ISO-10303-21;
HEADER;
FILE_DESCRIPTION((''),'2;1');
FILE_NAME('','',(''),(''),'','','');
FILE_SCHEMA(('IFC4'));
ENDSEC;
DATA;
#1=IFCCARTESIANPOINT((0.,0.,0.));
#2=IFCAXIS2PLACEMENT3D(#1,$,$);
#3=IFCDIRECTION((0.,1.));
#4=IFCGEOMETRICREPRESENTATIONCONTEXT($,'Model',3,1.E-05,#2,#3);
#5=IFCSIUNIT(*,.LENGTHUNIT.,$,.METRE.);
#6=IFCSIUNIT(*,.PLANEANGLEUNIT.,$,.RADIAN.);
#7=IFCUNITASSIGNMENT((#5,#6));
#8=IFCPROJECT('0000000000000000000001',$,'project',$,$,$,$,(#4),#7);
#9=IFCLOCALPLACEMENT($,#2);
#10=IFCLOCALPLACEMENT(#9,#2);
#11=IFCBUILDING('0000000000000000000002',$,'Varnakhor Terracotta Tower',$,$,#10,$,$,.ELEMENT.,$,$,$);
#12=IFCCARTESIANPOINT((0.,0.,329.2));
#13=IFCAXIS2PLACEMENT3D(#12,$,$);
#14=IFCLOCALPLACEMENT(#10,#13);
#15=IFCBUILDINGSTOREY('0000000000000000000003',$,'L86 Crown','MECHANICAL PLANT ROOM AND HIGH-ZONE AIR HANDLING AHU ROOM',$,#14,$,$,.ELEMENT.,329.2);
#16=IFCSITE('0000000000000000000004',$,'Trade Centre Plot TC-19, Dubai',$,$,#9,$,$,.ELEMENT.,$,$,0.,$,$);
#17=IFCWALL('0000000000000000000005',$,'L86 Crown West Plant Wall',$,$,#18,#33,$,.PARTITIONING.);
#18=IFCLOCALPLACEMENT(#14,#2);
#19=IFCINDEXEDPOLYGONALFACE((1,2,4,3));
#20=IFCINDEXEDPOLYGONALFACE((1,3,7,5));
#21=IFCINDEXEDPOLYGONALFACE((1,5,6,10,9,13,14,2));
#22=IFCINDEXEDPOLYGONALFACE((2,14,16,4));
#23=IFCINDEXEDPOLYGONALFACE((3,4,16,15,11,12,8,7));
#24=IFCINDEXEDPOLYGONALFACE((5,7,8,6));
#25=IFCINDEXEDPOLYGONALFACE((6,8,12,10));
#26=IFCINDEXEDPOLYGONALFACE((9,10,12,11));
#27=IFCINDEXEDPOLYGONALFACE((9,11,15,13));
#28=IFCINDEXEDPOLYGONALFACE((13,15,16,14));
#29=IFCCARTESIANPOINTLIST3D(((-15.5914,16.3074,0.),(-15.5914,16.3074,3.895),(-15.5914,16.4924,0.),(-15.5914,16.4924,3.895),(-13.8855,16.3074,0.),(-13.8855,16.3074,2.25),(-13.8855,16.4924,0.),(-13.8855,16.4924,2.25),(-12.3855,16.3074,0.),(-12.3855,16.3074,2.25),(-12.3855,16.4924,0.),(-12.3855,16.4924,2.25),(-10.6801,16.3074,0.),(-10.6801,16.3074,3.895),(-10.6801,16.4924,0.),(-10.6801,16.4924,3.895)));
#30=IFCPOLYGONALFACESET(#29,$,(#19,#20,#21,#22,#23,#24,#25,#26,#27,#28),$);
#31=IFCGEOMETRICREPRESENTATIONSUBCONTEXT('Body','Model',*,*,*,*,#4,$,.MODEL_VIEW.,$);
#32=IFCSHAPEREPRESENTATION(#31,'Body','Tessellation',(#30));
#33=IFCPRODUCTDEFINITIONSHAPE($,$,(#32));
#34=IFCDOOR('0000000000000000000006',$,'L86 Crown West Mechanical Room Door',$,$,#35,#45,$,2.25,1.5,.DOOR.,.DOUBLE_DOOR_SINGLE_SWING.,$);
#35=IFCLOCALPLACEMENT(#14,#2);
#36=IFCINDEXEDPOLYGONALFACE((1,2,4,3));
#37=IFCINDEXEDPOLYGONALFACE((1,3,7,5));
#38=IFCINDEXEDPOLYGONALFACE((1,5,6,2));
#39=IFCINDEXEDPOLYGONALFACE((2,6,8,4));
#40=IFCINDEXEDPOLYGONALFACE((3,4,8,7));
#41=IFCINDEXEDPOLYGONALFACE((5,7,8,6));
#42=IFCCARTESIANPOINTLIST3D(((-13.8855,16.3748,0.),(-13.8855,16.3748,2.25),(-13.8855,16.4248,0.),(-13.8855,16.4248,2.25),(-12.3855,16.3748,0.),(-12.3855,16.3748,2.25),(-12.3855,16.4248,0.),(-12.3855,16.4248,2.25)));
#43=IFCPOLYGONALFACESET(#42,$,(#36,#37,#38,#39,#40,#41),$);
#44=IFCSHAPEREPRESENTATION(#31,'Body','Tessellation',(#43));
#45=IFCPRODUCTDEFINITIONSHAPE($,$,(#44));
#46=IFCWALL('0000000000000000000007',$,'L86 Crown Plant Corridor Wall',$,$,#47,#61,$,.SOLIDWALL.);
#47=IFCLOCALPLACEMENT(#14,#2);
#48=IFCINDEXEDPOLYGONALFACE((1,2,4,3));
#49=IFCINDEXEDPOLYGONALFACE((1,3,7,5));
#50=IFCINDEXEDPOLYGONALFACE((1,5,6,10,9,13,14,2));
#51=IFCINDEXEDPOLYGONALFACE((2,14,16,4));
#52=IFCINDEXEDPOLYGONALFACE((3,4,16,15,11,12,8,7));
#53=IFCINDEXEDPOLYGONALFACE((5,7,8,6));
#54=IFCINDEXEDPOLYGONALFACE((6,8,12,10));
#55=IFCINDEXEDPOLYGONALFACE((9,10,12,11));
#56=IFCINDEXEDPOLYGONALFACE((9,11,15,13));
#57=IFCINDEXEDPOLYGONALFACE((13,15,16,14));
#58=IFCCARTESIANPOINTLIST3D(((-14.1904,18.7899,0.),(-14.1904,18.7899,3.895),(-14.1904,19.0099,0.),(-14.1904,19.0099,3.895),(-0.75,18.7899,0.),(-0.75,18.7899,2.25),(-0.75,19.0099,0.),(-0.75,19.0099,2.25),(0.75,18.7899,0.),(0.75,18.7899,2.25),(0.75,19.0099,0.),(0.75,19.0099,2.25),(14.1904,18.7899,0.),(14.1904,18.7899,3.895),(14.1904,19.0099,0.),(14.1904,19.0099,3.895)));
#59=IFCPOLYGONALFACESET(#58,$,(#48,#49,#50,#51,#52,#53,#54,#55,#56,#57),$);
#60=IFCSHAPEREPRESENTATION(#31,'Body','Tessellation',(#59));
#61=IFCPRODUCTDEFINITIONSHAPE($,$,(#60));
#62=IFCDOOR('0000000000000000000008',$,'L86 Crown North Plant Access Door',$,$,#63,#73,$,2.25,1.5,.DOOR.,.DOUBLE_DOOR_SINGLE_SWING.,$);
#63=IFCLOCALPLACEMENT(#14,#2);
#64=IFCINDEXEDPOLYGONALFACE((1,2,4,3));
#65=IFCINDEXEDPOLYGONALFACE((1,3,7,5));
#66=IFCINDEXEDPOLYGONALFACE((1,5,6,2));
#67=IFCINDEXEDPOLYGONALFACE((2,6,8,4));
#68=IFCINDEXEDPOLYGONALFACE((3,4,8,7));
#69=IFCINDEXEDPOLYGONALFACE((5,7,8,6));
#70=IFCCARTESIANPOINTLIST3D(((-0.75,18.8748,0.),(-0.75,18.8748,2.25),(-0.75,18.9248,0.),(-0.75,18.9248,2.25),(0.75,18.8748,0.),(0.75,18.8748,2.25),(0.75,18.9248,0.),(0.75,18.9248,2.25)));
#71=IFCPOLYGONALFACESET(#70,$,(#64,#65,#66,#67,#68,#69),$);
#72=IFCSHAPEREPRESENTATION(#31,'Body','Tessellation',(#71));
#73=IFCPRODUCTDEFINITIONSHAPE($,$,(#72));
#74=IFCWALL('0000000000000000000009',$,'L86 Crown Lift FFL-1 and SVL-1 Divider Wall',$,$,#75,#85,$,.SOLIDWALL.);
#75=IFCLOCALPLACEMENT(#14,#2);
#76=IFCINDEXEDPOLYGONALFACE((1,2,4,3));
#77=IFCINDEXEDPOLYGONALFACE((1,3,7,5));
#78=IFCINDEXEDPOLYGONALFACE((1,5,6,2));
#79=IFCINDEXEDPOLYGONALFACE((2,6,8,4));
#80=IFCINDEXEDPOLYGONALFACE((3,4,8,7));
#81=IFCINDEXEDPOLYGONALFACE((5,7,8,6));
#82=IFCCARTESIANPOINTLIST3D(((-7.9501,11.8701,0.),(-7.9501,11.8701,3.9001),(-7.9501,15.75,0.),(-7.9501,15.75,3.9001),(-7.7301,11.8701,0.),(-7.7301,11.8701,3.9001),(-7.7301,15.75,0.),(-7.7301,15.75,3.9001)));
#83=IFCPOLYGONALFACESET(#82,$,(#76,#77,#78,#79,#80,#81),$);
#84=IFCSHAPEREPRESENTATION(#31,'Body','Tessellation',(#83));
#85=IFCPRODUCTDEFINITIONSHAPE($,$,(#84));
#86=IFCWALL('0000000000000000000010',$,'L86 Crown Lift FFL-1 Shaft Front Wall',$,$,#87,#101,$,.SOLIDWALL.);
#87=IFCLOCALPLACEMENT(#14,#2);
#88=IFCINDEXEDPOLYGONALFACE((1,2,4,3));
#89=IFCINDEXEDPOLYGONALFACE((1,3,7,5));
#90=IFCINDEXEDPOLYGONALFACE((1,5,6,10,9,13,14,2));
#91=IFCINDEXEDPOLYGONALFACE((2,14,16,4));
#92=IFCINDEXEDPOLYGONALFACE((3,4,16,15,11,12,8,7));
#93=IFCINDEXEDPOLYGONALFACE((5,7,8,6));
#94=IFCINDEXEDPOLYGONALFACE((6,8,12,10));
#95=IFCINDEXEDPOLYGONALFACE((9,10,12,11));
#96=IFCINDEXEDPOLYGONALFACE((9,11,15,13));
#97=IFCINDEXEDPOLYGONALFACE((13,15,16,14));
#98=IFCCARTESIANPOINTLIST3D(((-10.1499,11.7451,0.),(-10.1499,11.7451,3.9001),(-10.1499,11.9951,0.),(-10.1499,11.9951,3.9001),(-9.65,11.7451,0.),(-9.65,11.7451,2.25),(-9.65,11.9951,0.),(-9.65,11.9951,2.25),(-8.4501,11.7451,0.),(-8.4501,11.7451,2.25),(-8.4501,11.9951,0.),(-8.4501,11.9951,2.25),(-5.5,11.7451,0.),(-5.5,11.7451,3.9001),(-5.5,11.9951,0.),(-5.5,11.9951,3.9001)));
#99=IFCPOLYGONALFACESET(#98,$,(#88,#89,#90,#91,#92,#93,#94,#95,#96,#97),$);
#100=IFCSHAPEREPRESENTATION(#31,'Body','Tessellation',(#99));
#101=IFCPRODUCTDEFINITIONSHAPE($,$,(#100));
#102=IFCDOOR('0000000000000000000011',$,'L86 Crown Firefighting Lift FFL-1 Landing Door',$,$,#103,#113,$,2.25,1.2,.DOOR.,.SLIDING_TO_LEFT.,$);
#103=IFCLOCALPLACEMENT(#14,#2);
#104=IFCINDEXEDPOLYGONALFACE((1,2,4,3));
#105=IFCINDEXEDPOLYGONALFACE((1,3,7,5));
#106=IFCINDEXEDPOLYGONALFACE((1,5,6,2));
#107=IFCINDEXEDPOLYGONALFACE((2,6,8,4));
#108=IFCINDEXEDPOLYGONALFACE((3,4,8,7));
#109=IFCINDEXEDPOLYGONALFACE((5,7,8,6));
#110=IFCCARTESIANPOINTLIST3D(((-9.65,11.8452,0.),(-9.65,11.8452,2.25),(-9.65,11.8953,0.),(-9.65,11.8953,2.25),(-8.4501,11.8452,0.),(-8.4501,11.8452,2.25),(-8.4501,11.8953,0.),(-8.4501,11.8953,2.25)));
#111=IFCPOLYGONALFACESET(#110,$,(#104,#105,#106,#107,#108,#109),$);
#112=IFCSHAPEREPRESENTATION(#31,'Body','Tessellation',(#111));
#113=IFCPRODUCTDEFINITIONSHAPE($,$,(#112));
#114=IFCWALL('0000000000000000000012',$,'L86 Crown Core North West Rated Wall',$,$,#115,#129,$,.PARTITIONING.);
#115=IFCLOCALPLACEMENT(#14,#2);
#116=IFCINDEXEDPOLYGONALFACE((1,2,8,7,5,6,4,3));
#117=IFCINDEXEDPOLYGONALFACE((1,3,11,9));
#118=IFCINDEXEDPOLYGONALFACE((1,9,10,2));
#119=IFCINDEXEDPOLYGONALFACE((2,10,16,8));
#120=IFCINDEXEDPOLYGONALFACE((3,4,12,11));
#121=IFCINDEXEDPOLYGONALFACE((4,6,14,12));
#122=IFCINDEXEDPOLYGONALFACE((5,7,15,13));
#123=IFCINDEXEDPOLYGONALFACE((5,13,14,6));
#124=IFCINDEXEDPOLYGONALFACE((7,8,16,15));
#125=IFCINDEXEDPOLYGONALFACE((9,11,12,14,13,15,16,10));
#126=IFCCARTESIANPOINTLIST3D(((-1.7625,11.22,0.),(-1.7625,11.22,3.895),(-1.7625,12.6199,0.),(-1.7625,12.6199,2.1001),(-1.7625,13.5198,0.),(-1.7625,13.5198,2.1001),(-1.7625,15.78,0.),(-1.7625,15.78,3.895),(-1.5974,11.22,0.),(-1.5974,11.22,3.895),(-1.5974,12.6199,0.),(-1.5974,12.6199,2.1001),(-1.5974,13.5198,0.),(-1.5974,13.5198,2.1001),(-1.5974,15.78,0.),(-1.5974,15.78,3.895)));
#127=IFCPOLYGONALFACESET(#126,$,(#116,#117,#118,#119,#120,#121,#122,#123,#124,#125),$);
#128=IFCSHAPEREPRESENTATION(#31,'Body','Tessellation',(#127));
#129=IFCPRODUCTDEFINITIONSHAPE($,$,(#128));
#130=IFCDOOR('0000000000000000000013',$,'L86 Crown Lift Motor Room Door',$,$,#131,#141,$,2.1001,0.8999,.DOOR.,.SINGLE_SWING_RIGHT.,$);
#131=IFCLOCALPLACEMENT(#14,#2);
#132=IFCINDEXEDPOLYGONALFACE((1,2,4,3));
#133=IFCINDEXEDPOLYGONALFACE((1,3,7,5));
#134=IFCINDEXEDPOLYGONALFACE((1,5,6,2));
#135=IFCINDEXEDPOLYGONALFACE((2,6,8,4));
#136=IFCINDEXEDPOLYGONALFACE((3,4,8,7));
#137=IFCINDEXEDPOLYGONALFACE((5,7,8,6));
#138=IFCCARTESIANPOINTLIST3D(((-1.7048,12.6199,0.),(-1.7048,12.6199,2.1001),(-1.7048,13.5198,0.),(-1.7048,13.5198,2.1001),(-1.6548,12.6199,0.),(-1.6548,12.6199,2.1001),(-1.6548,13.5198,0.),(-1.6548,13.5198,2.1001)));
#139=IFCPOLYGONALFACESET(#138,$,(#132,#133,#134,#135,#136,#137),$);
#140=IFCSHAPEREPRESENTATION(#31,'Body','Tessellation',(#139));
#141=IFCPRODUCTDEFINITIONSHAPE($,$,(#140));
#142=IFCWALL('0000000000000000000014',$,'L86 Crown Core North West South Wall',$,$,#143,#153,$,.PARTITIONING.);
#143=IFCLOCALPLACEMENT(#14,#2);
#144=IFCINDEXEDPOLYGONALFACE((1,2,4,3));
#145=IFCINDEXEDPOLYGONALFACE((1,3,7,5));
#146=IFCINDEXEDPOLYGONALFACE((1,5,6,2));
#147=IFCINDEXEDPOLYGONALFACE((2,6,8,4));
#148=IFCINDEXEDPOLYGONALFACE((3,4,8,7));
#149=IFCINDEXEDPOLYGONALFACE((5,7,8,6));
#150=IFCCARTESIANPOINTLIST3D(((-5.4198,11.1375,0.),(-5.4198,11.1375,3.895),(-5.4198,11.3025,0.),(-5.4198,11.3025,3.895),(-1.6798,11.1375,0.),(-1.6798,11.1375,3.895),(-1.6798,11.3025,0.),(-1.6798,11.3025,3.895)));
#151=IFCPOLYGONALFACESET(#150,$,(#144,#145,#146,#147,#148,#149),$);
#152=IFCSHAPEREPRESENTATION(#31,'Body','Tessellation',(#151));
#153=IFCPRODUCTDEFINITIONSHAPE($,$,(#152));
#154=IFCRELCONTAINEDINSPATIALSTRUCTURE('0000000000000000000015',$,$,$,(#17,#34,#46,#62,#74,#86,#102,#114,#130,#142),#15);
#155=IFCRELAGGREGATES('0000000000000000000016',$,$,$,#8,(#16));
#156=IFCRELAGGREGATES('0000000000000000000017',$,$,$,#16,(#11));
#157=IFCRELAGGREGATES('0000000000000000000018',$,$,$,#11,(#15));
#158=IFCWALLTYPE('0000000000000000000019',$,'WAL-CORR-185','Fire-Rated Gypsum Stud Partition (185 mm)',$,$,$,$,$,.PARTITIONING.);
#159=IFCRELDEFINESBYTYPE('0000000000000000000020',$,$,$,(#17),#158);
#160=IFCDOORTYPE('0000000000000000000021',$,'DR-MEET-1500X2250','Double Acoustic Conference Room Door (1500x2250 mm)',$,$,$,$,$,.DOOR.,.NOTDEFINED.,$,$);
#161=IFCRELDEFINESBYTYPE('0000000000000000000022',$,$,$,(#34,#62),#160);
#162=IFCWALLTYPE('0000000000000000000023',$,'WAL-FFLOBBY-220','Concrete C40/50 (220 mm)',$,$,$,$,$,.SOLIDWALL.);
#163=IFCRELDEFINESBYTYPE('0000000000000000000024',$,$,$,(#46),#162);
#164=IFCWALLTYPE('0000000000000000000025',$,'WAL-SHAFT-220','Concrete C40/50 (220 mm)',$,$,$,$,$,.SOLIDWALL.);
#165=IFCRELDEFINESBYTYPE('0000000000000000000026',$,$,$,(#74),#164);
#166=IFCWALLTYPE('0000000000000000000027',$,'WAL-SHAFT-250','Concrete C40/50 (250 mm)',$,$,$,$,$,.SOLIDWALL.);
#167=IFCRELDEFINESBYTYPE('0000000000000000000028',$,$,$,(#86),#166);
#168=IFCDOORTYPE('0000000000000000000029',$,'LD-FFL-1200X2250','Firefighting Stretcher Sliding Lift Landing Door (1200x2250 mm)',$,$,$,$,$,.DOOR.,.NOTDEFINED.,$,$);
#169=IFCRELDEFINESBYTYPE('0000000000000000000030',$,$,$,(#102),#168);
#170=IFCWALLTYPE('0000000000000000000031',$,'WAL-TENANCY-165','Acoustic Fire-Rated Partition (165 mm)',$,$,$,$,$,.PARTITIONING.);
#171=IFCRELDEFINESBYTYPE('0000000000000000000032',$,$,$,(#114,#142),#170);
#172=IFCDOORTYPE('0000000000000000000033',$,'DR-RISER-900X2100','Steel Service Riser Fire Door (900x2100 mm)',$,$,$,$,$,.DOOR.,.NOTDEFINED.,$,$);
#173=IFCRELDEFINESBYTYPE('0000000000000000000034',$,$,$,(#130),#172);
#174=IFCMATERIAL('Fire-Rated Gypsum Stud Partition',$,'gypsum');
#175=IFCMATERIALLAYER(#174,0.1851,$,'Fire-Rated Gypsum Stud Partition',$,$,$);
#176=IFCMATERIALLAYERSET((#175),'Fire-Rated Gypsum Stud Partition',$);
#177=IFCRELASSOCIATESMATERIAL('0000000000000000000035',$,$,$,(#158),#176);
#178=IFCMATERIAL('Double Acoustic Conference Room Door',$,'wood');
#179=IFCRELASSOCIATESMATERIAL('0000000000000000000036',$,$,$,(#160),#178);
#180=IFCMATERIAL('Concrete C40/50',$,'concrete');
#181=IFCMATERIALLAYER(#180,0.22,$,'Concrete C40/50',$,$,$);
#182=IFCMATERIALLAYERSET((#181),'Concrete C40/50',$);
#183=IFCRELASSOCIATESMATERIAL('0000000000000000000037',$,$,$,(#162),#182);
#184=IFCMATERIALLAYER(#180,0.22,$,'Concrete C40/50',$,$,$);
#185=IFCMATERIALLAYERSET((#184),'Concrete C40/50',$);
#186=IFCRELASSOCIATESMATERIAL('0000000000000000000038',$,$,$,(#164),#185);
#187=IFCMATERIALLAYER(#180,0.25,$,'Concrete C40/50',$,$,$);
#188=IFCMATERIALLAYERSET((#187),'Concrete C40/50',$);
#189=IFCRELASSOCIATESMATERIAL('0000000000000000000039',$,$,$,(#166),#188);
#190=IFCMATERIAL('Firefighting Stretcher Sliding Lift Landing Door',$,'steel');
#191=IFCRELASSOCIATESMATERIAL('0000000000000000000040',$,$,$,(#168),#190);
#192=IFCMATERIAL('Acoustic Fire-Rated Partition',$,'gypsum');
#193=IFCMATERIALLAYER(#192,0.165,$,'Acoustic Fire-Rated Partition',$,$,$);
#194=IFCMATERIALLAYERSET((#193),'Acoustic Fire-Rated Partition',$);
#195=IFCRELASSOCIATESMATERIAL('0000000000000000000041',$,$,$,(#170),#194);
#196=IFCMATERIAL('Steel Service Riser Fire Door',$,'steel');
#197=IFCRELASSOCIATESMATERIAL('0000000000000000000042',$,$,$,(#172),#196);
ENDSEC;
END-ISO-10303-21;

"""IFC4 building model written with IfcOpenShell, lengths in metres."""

from ifc_helpers import new_model, si_unit, direction, frame, frame_2d, origin, place, context, subcontext, project, spatial, rectangle, extrude, source, transform, mapped, material, layer, layer_set, type_object, type_shapes, element, fill, save


model = new_model("IFC4")

# Units and contexts
model_context = context("Model", 3, precision=1e-05, world=origin(), true_north=direction((0.0, 1.0)))
body_context = subcontext(model_context, "Body", "Model", "MODEL_VIEW")
ifc_project = project(units=[si_unit("LENGTHUNIT", "METRE"), si_unit("PLANEANGLEUNIT", "RADIAN")], contexts=[model_context])

# Site, building, storey
site_placement = place(None, origin())
site = spatial("IfcSite", under=ifc_project, at=site_placement, Name="Trade Centre Plot TC-19, Dubai", CompositionType="ELEMENT", RefElevation=0.0)
building_placement = place(site_placement, origin())
building = spatial("IfcBuilding", under=site, at=building_placement, Name="Varnakhor Terracotta Tower", CompositionType="ELEMENT")
storey_placement = place(building_placement, frame((0.0, 0.0, 329.2)))
storey = spatial("IfcBuildingStorey", under=building, at=storey_placement, Name="L86 Crown", Description="MECHANICAL PLANT ROOM AND HIGH-ZONE AIR HANDLING AHU ROOM", CompositionType="ELEMENT", Elevation=329.2)

# Walls, openings, doors
ifc_material_1 = material(Name="Fire-Rated Gypsum Stud Partition", Category="gypsum")
ifc_layer_1 = layer(ifc_material_1, 0.1851, Name="Fire-Rated Gypsum Stud Partition")
ifc_layer_set_1 = layer_set([ifc_layer_1], Name="Fire-Rated Gypsum Stud Partition")
wall_type_1 = type_object("IfcWallType", Name="WAL-CORR-185", Description="Fire-Rated Gypsum Stud Partition (185 mm)", PredefinedType="PARTITIONING", material=ifc_layer_set_1)
wall_1_placement = place(storey_placement, frame((-15.5913, 16.3999, 0.0), z_axis=(0.0, 0.0, 1.0), x_axis=(1.0, 0.0, 0.0)))
wall_1 = element("IfcWall", 1, at=wall_1_placement, inside=storey, type_object=wall_type_1, Name="L86 Crown West Plant Wall", PredefinedType="PARTITIONING", context=body_context, shape_type="SweptSolid", body=[
    extrude(rectangle(XDim=4.9114, YDim=0.1851, at=frame_2d((2.4556, 0.0))), origin(), (0.0, 0.0, 1.0), 3.895),
])
opening_1_placement = place(wall_1_placement, frame((1.7058, 0.0, 0.0)))
opening_1 = element("IfcOpeningElement", 2, at=opening_1_placement, cuts=wall_1, PredefinedType="OPENING", context=body_context, shape_type="SweptSolid", body=[
    extrude(rectangle(XDim=1.5, YDim=2.25, at=frame_2d((0.75, 1.125))), frame((0.0, 0.1025, 0.0), z_axis=(0.0, -1.0, 0.0), x_axis=(1.0, 0.0, 0.0)), (0.0, 0.0, 1.0), 0.2051),
])
ifc_material_2 = material(Name="Double Acoustic Conference Room Door", Category="wood")
door_type_1 = type_object("IfcDoorType", Name="DR-MEET-1500X2250", Description="Double Acoustic Conference Room Door (1500x2250 mm)", OperationType="NOTDEFINED", PredefinedType="DOOR", material=ifc_material_2)
shared_shape_1 = source(origin(), body_context, "Body", "SweptSolid", [
    extrude(rectangle(XDim=1.5, YDim=2.25, at=frame_2d((0.75, 1.125))), frame((0.0, 0.0249, 0.0), z_axis=(0.0, -1.0, 0.0), x_axis=(1.0, 0.0, 0.0)), (0.0, 0.0, 1.0), 0.05),
])
type_shapes(door_type_1, [shared_shape_1])
door_1_placement = place(opening_1_placement, origin())
door_1 = element("IfcDoor", 3, at=door_1_placement, inside=storey, type_object=door_type_1, Name="L86 Crown West Mechanical Room Door", OperationType="DOUBLE_DOOR_SINGLE_SWING", OverallHeight=2.25, OverallWidth=1.5, PredefinedType="DOOR", context=body_context, shape_type="MappedRepresentation", body=[
    mapped(shared_shape_1, transform((0.0, 0.0, 0.0), scale=1.0)),
])
fill(opening_1, door_1)
ifc_material_3 = material(Name="Concrete C40/50", Category="concrete")
ifc_layer_2 = layer(ifc_material_3, 0.22, Name="Concrete C40/50")
ifc_layer_set_2 = layer_set([ifc_layer_2], Name="Concrete C40/50")
wall_type_2 = type_object("IfcWallType", Name="WAL-FFLOBBY-220", Description="Concrete C40/50 (220 mm)", PredefinedType="SOLIDWALL", material=ifc_layer_set_2)
wall_2_placement = place(storey_placement, frame((-14.1904, 18.8999, 0.0), z_axis=(0.0, 0.0, 1.0), x_axis=(1.0, 0.0, 0.0)))
wall_2 = element("IfcWall", 4, at=wall_2_placement, inside=storey, type_object=wall_type_2, Name="L86 Crown Plant Corridor Wall", PredefinedType="SOLIDWALL", context=body_context, shape_type="SweptSolid", body=[
    extrude(rectangle(XDim=28.3809, YDim=0.22, at=frame_2d((14.1904, 0.0))), origin(), (0.0, 0.0, 1.0), 3.895),
])
opening_2_placement = place(wall_2_placement, frame((13.4404, 0.0, 0.0)))
opening_2 = element("IfcOpeningElement", 5, at=opening_2_placement, cuts=wall_2, PredefinedType="OPENING", context=body_context, shape_type="SweptSolid", body=[
    extrude(rectangle(XDim=1.5, YDim=2.25, at=frame_2d((0.75, 1.125))), frame((0.0, 0.1201, 0.0), z_axis=(0.0, -1.0, 0.0), x_axis=(1.0, 0.0, 0.0)), (0.0, 0.0, 1.0), 0.24),
])
door_2_placement = place(opening_2_placement, origin())
door_2 = element("IfcDoor", 6, at=door_2_placement, inside=storey, type_object=door_type_1, Name="L86 Crown North Plant Access Door", OperationType="DOUBLE_DOOR_SINGLE_SWING", OverallHeight=2.25, OverallWidth=1.5, PredefinedType="DOOR", context=body_context, shape_type="MappedRepresentation", body=[
    mapped(shared_shape_1, transform((0.0, 0.0, 0.0), scale=1.0)),
])
fill(opening_2, door_2)

# Wall
ifc_layer_3 = layer(ifc_material_3, 0.22, Name="Concrete C40/50")
ifc_layer_set_3 = layer_set([ifc_layer_3], Name="Concrete C40/50")
wall_type_3 = type_object("IfcWallType", Name="WAL-SHAFT-220", Description="Concrete C40/50 (220 mm)", PredefinedType="SOLIDWALL", material=ifc_layer_set_3)
wall_3_placement = place(storey_placement, frame((-7.8401, 11.8701, 0.0), z_axis=(0.0, 0.0, 1.0), x_axis=(0.0, 1.0, 0.0)))
element("IfcWall", 7, at=wall_3_placement, inside=storey, type_object=wall_type_3, Name="L86 Crown Lift FFL-1 and SVL-1 Divider Wall", PredefinedType="SOLIDWALL", context=body_context, shape_type="SweptSolid", body=[
    extrude(rectangle(XDim=3.8799, YDim=0.22, at=frame_2d((1.9399, 0.0))), origin(), (0.0, 0.0, 1.0), 3.9001),
])

# Walls, openings, doors
ifc_layer_4 = layer(ifc_material_3, 0.25, Name="Concrete C40/50")
ifc_layer_set_4 = layer_set([ifc_layer_4], Name="Concrete C40/50")
wall_type_4 = type_object("IfcWallType", Name="WAL-SHAFT-250", Description="Concrete C40/50 (250 mm)", PredefinedType="SOLIDWALL", material=ifc_layer_set_4)
wall_4_placement = place(storey_placement, frame((-5.5, 11.8701, 0.0), z_axis=(0.0, 0.0, 1.0), x_axis=(-1.0, 0.0, 0.0)))
wall_4 = element("IfcWall", 8, at=wall_4_placement, inside=storey, type_object=wall_type_4, Name="L86 Crown Lift FFL-1 Shaft Front Wall", PredefinedType="SOLIDWALL", context=body_context, shape_type="SweptSolid", body=[
    extrude(rectangle(XDim=4.6499, YDim=0.25, at=frame_2d((2.325, 0.0))), origin(), (0.0, 0.0, 1.0), 3.9001),
])
opening_3_placement = place(wall_4_placement, frame((2.95, 0.0, 0.0)))
opening_3 = element("IfcOpeningElement", 9, at=opening_3_placement, cuts=wall_4, PredefinedType="OPENING", context=body_context, shape_type="SweptSolid", body=[
    extrude(rectangle(XDim=1.2, YDim=2.25, at=frame_2d((0.6001, 1.125))), frame((0.0, 0.135, 0.0), z_axis=(0.0, -1.0, 0.0), x_axis=(1.0, 0.0, 0.0)), (0.0, 0.0, 1.0), 0.27),
])
ifc_material_4 = material(Name="Firefighting Stretcher Sliding Lift Landing Door", Category="steel")
door_type_2 = type_object("IfcDoorType", Name="LD-FFL-1200X2250", Description="Firefighting Stretcher Sliding Lift Landing Door (1200x2250 mm)", OperationType="NOTDEFINED", PredefinedType="DOOR", material=ifc_material_4)
shared_shape_2 = source(origin(), body_context, "Body", "SweptSolid", [
    extrude(rectangle(XDim=1.2, YDim=2.25, at=frame_2d((0.6001, 1.125))), frame((0.0, 0.0249, 0.0), z_axis=(0.0, -1.0, 0.0), x_axis=(1.0, 0.0, 0.0)), (0.0, 0.0, 1.0), 0.05),
])
type_shapes(door_type_2, [shared_shape_2])
door_3_placement = place(opening_3_placement, origin())
door_3 = element("IfcDoor", 10, at=door_3_placement, inside=storey, type_object=door_type_2, Name="L86 Crown Firefighting Lift FFL-1 Landing Door", OperationType="SLIDING_TO_LEFT", OverallHeight=2.25, OverallWidth=1.2, PredefinedType="DOOR", context=body_context, shape_type="MappedRepresentation", body=[
    mapped(shared_shape_2, transform((0.0, 0.0, 0.0), scale=1.0)),
])
fill(opening_3, door_3)
ifc_material_5 = material(Name="Acoustic Fire-Rated Partition", Category="gypsum")
ifc_layer_5 = layer(ifc_material_5, 0.165, Name="Acoustic Fire-Rated Partition")
ifc_layer_set_5 = layer_set([ifc_layer_5], Name="Acoustic Fire-Rated Partition")
wall_type_5 = type_object("IfcWallType", Name="WAL-TENANCY-165", Description="Acoustic Fire-Rated Partition (165 mm)", PredefinedType="PARTITIONING", material=ifc_layer_set_5)
wall_5_placement = place(storey_placement, frame((-1.6799, 11.22, 0.0), z_axis=(0.0, 0.0, 1.0), x_axis=(0.0, 1.0, 0.0)))
wall_5 = element("IfcWall", 11, at=wall_5_placement, inside=storey, type_object=wall_type_5, Name="L86 Crown Core North West Rated Wall", PredefinedType="PARTITIONING", context=body_context, shape_type="SweptSolid", body=[
    extrude(rectangle(XDim=4.5601, YDim=0.165, at=frame_2d((2.28, 0.0))), origin(), (0.0, 0.0, 1.0), 3.895),
])
opening_4_placement = place(wall_5_placement, frame((1.3999, 0.0, 0.0)))
opening_4 = element("IfcOpeningElement", 12, at=opening_4_placement, cuts=wall_5, PredefinedType="OPENING", context=body_context, shape_type="SweptSolid", body=[
    extrude(rectangle(XDim=0.8999, YDim=2.1001, at=frame_2d((0.45, 1.05))), frame((0.0, 0.0925, 0.0), z_axis=(0.0, -1.0, 0.0), x_axis=(1.0, 0.0, 0.0)), (0.0, 0.0, 1.0), 0.1851),
])
ifc_material_6 = material(Name="Steel Service Riser Fire Door", Category="steel")
door_type_3 = type_object("IfcDoorType", Name="DR-RISER-900X2100", Description="Steel Service Riser Fire Door (900x2100 mm)", OperationType="NOTDEFINED", PredefinedType="DOOR", material=ifc_material_6)
shared_shape_3 = source(origin(), body_context, "Body", "SweptSolid", [
    extrude(rectangle(XDim=0.8999, YDim=2.1001, at=frame_2d((0.45, 1.05))), frame((0.0, 0.0249, 0.0), z_axis=(0.0, -1.0, 0.0), x_axis=(1.0, 0.0, 0.0)), (0.0, 0.0, 1.0), 0.05),
])
type_shapes(door_type_3, [shared_shape_3])
door_4_placement = place(opening_4_placement, origin())
door_4 = element("IfcDoor", 13, at=door_4_placement, inside=storey, type_object=door_type_3, Name="L86 Crown Lift Motor Room Door", OperationType="SINGLE_SWING_RIGHT", OverallHeight=2.1001, OverallWidth=0.8999, PredefinedType="DOOR", context=body_context, shape_type="MappedRepresentation", body=[
    mapped(shared_shape_3, transform((0.0, 0.0, 0.0), scale=1.0)),
])
fill(opening_4, door_4)

# Wall
wall_6_placement = place(storey_placement, frame((-5.4199, 11.22, 0.0), z_axis=(0.0, 0.0, 1.0), x_axis=(1.0, 0.0, 0.0)))
element("IfcWall", 14, at=wall_6_placement, inside=storey, type_object=wall_type_5, Name="L86 Crown Core North West South Wall", PredefinedType="PARTITIONING", context=body_context, shape_type="SweptSolid", body=[
    extrude(rectangle(XDim=3.74, YDim=0.165, at=frame_2d((1.8701, 0.0))), origin(), (0.0, 0.0, 1.0), 3.895),
])

save(model, "model.ifc")
